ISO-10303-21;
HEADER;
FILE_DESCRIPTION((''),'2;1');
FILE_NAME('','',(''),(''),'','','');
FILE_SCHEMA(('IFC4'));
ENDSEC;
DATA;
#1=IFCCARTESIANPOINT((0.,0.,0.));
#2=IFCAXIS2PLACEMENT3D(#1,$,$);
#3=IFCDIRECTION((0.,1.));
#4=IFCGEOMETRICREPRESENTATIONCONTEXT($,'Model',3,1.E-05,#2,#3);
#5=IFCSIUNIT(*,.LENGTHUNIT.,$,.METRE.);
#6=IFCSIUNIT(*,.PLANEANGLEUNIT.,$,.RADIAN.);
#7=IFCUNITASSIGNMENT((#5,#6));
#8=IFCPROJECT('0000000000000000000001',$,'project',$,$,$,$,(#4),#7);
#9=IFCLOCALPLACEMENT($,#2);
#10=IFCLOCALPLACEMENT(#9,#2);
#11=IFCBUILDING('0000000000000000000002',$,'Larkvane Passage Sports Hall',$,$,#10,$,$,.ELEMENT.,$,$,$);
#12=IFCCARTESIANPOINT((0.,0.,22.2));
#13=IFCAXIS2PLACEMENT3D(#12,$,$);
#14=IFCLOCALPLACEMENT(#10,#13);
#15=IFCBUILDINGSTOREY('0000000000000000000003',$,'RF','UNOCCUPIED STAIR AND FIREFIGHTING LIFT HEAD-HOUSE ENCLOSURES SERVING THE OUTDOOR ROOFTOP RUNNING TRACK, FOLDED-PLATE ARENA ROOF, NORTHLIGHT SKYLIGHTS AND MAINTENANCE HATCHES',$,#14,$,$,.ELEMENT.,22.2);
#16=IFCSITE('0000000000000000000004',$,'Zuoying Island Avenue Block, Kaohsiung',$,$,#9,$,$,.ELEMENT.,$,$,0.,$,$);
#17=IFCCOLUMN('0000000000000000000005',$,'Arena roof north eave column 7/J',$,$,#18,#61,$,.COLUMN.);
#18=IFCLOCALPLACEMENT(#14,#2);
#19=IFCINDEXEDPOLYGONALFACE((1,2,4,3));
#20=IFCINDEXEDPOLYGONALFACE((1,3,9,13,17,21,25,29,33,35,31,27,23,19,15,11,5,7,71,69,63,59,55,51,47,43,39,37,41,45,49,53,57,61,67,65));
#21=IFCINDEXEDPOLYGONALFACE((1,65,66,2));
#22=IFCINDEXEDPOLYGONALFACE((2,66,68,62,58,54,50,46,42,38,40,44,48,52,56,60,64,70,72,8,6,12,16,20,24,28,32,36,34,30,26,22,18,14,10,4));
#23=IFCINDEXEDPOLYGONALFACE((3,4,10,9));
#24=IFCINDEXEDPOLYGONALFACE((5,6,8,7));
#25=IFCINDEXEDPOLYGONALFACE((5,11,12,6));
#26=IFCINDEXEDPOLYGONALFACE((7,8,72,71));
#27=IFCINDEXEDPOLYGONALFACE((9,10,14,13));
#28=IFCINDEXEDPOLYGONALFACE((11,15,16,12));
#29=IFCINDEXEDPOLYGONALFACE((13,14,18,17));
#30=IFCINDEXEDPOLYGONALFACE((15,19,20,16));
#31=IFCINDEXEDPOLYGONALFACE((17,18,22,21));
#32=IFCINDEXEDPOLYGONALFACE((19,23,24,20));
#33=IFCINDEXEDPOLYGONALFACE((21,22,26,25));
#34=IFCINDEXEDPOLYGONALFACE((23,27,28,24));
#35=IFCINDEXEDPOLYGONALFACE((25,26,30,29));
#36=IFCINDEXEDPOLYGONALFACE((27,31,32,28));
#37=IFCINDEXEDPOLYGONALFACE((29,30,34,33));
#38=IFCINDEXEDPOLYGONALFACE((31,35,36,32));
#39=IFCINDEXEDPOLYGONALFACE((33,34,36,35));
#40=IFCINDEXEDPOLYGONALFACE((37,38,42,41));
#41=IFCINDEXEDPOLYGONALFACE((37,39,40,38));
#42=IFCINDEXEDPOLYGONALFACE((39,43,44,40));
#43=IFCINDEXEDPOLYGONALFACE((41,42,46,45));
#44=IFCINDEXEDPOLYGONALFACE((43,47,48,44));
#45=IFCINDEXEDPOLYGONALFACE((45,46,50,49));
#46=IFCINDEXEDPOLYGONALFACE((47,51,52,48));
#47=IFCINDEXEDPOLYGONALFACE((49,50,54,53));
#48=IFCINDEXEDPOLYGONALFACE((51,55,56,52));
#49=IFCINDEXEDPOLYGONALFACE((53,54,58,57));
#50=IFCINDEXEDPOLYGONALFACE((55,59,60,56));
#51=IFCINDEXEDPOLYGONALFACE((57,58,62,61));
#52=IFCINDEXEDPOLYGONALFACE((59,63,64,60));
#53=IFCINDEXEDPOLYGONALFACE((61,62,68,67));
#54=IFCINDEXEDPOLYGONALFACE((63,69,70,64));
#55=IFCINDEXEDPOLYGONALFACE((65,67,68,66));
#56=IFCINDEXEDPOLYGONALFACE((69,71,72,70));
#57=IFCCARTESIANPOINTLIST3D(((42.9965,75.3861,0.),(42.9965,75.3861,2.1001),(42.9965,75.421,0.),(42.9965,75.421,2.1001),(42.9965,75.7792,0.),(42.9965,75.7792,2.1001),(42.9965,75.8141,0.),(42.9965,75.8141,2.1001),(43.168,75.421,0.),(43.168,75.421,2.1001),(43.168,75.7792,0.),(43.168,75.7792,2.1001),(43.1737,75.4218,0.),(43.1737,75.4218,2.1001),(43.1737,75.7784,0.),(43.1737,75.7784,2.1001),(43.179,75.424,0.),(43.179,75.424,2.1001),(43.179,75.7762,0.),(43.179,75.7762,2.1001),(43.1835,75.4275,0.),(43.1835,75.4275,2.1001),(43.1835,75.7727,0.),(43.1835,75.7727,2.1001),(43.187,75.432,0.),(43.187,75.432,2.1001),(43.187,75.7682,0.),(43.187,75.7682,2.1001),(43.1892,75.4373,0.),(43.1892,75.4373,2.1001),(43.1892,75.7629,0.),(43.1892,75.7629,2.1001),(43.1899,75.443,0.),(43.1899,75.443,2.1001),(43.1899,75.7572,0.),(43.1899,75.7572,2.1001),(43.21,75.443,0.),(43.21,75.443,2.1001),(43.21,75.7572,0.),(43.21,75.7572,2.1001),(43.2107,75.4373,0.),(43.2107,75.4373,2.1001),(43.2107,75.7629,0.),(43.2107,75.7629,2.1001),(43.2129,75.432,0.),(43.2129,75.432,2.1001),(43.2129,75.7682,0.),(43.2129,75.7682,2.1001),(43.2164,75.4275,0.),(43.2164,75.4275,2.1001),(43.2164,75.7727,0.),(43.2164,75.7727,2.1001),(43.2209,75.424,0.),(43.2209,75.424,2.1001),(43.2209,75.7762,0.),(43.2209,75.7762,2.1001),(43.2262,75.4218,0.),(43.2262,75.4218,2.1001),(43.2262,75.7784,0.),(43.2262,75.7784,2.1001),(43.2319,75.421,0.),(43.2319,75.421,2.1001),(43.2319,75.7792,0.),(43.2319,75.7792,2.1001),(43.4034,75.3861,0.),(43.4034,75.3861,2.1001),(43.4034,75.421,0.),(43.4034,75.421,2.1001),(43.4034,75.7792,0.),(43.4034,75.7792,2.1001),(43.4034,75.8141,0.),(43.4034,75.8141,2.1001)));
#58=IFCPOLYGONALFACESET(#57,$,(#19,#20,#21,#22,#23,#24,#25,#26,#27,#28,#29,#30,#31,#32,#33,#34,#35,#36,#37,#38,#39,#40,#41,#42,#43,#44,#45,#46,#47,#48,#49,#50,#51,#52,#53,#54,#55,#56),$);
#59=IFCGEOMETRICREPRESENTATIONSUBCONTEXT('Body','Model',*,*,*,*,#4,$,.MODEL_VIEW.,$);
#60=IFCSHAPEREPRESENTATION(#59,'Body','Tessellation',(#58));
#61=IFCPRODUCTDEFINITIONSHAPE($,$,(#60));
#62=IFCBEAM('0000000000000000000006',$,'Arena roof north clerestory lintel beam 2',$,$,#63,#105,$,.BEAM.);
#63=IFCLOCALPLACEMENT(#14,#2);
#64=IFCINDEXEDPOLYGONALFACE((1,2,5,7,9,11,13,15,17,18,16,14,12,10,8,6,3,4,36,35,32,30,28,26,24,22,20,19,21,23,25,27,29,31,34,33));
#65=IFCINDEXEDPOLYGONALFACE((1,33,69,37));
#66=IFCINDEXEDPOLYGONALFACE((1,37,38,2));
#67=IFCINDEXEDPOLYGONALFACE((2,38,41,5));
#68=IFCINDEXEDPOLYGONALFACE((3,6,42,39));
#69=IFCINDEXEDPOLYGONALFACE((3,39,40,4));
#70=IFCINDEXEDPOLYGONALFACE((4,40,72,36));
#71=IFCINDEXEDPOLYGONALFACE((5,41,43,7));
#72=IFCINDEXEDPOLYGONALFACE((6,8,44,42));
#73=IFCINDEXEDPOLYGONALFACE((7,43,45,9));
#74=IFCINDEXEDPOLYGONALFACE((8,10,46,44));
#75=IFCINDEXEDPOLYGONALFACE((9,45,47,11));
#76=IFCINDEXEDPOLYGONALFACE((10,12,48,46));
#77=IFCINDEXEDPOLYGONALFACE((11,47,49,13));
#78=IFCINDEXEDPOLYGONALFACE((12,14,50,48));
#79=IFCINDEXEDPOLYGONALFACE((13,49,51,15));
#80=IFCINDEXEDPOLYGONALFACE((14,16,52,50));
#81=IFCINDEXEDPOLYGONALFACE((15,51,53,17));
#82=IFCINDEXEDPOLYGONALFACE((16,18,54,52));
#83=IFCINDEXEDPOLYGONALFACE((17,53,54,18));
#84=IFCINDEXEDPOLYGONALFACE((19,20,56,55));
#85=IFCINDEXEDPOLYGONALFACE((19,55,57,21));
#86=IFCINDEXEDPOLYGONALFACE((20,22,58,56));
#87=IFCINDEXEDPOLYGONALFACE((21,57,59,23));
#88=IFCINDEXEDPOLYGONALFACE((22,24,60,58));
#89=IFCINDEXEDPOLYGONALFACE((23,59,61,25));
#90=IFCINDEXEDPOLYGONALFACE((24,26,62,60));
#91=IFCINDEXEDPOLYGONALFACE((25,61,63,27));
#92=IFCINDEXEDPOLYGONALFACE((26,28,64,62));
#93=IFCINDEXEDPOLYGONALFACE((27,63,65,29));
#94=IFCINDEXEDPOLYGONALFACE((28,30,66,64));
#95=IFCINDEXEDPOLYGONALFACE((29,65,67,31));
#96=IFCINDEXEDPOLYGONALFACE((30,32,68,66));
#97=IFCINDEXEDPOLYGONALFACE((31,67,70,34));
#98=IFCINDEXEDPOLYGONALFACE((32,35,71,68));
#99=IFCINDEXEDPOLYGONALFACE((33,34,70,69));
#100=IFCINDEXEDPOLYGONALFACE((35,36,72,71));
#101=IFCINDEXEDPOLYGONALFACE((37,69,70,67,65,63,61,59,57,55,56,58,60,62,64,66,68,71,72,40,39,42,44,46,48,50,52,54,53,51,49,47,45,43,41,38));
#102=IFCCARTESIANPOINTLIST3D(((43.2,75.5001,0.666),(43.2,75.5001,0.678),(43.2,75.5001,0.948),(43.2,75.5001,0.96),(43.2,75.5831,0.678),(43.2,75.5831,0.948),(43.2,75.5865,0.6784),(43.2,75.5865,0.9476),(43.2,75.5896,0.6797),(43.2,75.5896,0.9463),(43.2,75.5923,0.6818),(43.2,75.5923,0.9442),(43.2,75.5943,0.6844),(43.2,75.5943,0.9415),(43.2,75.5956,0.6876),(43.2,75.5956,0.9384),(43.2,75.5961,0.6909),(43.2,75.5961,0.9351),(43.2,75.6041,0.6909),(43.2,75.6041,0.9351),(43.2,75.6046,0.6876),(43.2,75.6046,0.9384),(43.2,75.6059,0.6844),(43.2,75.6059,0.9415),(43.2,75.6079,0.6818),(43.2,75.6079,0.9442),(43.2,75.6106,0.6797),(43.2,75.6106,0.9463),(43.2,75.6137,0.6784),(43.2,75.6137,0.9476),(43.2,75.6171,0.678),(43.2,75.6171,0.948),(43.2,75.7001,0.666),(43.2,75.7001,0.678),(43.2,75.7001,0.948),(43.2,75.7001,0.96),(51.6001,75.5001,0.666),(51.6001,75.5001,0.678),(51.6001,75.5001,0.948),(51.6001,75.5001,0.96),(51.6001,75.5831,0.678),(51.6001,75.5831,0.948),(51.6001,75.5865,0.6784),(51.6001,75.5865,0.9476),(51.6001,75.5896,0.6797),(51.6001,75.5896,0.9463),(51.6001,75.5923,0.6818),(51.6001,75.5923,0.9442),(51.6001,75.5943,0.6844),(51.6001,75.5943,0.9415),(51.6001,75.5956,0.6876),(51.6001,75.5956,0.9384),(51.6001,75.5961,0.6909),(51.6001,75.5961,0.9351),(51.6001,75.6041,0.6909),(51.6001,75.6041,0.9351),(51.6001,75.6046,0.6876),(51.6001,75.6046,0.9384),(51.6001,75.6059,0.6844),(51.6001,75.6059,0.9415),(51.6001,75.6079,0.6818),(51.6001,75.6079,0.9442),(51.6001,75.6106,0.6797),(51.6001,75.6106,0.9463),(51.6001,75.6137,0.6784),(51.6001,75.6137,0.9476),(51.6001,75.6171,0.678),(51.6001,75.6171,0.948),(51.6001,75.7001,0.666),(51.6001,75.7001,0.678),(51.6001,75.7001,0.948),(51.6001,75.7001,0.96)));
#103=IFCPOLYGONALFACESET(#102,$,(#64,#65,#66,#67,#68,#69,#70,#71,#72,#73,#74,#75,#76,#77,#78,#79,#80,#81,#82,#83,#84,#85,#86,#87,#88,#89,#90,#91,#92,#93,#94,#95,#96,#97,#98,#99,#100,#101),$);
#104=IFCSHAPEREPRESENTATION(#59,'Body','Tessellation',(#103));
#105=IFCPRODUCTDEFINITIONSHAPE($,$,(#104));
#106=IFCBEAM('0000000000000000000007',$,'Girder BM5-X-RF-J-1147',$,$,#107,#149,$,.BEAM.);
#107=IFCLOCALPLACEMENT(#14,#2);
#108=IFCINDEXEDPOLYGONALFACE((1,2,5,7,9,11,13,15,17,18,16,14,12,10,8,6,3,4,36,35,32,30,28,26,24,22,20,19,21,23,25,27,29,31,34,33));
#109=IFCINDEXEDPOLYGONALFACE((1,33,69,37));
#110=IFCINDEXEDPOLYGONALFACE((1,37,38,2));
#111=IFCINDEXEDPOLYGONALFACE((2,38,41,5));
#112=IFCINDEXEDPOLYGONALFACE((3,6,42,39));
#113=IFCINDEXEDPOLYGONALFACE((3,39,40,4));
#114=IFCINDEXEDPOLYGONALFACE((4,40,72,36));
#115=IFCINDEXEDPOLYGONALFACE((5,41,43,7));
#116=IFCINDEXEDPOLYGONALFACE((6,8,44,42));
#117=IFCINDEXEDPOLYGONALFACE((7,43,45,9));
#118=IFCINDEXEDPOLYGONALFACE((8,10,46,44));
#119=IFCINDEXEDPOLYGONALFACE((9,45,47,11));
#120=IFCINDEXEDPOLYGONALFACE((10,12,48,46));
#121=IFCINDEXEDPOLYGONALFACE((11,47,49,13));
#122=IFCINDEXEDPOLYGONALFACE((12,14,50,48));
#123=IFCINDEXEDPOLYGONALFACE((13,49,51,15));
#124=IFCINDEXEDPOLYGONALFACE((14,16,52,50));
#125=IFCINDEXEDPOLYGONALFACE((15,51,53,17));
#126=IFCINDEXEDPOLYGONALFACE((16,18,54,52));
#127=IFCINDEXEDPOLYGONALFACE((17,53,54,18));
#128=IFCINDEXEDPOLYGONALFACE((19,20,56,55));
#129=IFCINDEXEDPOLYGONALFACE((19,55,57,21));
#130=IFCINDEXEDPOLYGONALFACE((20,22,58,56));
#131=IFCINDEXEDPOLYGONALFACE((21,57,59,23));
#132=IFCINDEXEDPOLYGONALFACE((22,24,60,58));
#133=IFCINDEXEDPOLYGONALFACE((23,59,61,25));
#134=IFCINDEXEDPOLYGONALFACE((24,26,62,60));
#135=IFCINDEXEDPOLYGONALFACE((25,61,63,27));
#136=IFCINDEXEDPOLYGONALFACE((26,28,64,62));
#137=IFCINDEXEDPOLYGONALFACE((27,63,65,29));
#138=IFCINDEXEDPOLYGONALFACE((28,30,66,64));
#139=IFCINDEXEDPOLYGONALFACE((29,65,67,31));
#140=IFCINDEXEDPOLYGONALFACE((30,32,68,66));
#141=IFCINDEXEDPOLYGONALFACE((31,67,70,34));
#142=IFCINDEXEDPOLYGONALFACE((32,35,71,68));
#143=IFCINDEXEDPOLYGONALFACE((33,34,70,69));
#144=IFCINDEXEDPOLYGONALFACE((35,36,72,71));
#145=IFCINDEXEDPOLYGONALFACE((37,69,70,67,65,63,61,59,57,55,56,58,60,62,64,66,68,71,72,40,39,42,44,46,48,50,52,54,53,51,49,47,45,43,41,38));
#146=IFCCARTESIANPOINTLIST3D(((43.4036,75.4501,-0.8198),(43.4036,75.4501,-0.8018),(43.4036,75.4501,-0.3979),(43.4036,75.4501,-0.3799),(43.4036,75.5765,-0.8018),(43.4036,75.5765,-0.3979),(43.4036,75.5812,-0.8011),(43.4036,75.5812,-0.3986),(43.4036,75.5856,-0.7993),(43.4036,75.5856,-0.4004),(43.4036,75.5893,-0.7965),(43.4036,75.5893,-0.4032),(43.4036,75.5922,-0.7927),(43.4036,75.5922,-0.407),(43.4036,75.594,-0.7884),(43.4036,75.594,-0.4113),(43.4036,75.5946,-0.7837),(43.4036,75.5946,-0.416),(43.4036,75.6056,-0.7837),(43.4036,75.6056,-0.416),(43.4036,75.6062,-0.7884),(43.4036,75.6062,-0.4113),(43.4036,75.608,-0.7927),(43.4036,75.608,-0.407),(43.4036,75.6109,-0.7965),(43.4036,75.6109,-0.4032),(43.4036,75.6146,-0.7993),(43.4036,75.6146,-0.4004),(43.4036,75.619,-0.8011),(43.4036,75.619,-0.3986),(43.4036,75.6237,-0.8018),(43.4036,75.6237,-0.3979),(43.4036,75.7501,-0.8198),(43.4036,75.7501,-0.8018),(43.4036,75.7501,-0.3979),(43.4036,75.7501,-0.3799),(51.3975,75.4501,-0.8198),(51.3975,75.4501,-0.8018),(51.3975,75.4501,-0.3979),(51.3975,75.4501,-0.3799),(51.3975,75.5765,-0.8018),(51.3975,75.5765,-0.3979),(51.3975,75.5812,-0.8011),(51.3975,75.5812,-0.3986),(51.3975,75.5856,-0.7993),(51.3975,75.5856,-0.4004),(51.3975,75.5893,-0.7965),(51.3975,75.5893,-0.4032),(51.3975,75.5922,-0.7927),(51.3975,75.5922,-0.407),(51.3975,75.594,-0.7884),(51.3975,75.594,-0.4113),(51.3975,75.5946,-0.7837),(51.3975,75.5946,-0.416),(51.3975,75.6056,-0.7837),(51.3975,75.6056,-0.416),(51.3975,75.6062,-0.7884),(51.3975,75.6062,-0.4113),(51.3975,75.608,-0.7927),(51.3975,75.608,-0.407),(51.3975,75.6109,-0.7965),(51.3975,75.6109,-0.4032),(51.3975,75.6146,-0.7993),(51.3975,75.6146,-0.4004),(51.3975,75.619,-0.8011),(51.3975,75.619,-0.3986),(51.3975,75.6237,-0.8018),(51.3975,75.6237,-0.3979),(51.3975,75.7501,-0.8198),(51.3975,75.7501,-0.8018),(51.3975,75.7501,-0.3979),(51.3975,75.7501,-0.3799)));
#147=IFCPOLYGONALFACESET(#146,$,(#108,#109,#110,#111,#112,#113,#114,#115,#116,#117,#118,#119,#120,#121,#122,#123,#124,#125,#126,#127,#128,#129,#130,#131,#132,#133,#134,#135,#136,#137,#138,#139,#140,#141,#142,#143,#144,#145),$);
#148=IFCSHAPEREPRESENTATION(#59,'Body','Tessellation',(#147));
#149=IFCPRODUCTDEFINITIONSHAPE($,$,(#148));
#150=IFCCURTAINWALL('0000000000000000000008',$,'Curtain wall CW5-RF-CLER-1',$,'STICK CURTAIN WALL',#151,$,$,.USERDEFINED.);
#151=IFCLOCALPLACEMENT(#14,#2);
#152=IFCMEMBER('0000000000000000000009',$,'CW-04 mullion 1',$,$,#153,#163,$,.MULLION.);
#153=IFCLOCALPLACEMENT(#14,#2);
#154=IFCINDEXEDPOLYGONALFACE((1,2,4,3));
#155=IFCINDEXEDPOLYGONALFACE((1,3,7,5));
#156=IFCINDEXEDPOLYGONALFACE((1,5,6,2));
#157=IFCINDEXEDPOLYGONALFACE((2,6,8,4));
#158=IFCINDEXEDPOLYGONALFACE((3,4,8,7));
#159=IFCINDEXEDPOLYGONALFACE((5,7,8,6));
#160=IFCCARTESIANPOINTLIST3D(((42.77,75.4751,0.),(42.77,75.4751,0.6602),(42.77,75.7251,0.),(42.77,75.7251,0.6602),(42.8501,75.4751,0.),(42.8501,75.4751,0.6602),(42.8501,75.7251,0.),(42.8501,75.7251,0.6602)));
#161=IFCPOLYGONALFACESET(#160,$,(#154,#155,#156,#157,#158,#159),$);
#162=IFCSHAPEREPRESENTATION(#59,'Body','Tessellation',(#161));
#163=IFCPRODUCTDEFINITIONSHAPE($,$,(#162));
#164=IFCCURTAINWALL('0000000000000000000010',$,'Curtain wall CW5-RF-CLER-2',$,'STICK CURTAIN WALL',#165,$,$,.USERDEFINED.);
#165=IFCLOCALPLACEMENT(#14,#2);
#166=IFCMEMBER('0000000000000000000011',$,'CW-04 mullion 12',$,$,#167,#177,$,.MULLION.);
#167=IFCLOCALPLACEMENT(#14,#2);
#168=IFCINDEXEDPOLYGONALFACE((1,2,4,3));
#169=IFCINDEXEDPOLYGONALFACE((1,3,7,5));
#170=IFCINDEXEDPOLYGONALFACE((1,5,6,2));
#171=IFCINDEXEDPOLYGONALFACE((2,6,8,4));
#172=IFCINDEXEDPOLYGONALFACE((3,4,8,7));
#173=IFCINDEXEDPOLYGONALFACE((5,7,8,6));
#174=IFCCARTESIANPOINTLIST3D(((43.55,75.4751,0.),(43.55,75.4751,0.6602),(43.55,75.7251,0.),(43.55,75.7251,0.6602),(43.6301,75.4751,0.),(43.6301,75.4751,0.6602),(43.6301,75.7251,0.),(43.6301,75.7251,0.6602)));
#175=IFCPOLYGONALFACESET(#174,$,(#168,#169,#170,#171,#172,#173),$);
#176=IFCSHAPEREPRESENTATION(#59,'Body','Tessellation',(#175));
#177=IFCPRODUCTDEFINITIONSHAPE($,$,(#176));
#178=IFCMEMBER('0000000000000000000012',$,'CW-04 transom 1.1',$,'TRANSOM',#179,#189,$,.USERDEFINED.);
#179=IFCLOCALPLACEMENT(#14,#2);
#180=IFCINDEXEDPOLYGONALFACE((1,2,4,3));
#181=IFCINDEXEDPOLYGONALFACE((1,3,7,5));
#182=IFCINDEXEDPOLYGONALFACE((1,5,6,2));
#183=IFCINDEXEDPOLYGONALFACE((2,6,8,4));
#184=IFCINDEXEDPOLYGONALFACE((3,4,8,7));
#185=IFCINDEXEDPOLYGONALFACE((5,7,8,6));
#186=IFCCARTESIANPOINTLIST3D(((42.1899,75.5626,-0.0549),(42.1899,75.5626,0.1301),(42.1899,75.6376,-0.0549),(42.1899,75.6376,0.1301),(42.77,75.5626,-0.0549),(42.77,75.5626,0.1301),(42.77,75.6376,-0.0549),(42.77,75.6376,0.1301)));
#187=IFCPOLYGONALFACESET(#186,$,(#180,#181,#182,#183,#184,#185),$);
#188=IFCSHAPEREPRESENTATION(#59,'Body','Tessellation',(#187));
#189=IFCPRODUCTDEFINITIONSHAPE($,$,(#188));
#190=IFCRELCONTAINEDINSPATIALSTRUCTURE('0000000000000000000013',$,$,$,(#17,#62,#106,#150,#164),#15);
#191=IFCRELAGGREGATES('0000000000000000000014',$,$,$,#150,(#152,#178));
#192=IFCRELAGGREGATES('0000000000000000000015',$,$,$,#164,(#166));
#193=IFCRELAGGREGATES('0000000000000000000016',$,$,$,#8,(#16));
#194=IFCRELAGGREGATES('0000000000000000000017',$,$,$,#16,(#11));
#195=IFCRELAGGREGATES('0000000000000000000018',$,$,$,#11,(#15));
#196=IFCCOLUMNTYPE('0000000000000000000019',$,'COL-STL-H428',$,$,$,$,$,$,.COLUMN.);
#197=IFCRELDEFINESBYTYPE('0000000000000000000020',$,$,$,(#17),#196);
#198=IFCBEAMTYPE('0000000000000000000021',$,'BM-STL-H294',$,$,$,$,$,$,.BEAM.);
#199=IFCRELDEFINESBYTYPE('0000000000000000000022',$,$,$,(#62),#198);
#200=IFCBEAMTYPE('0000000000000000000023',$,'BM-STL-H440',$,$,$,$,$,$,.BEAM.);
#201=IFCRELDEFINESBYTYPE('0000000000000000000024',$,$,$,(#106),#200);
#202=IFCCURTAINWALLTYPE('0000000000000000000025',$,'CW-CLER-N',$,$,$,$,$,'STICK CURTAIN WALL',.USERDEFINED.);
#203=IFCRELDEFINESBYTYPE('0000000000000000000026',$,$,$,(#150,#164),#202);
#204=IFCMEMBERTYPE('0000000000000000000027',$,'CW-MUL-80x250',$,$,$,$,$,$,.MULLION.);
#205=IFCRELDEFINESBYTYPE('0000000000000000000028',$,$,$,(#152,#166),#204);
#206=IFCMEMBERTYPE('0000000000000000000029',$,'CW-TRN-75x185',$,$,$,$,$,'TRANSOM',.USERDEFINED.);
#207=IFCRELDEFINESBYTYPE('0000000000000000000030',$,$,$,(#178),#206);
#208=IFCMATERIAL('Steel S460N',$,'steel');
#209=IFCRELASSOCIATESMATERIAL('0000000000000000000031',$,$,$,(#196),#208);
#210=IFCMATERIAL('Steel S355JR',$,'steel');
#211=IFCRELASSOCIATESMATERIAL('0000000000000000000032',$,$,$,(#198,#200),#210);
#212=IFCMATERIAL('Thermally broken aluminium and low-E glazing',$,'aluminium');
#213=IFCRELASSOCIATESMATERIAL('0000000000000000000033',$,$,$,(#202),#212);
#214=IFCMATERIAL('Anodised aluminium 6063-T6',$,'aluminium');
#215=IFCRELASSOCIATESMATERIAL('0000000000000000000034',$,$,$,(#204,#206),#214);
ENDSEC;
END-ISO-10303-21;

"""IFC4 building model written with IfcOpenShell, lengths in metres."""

from ifc_helpers import new_model, si_unit, direction, frame, origin, origin_2d, place, context, subcontext, project, spatial, rectangle, i_section, extrude, material, material_profile, profile_set, type_object, element, aggregate, save


model = new_model("IFC4")

# Units and contexts
model_context = context("Model", 3, precision=1e-05, world=origin(), true_north=direction((0.0, 1.0)))
body_context = subcontext(model_context, "Body", "Model", "MODEL_VIEW")
ifc_project = project(units=[si_unit("LENGTHUNIT", "METRE"), si_unit("PLANEANGLEUNIT", "RADIAN")], contexts=[model_context])

# Site, building, storey
site_placement = place(None, origin())
site = spatial("IfcSite", under=ifc_project, at=site_placement, Name="Zuoying Island Avenue Block, Kaohsiung", CompositionType="ELEMENT", RefElevation=0.0)
building_placement = place(site_placement, origin())
building = spatial("IfcBuilding", under=site, at=building_placement, Name="Larkvane Passage Sports Hall", CompositionType="ELEMENT")
storey_placement = place(building_placement, frame((0.0, 0.0, 22.2)))
storey = spatial("IfcBuildingStorey", under=building, at=storey_placement, Name="RF", Description="UNOCCUPIED STAIR AND FIREFIGHTING LIFT HEAD-HOUSE ENCLOSURES SERVING THE OUTDOOR ROOFTOP RUNNING TRACK, FOLDED-PLATE ARENA ROOF, NORTHLIGHT SKYLIGHTS AND MAINTENANCE HATCHES", CompositionType="ELEMENT", Elevation=22.2)

# Column
ifc_material_1 = material(Name="Steel S460N", Category="steel")
ifc_material_profile_1 = material_profile(ifc_material_1, i_section(OverallWidth=0.407, OverallDepth=0.428, WebThickness=0.02, FlangeThickness=0.0349, FilletRadius=0.022, at=origin_2d()), Name="H-428x407x20x35")
ifc_profile_set_1 = profile_set([ifc_material_profile_1], Name="Steel S460N")
column_type = type_object("IfcColumnType", Name="COL-STL-H428", PredefinedType="COLUMN", material=ifc_profile_set_1)
column_placement = place(storey_placement, frame((43.2, 75.6001, 0.0), z_axis=(0.0, 0.0, 1.0), x_axis=(1.0, 0.0, 0.0)))
element("IfcColumn", 1, at=column_placement, inside=storey, type_object=column_type, Name="Arena roof north eave column 7/J", PredefinedType="COLUMN", context=body_context, shape_type="SweptSolid", body=[
    extrude(i_section(OverallWidth=0.407, OverallDepth=0.428, WebThickness=0.02, FlangeThickness=0.0349, FilletRadius=0.022, at=origin_2d()), origin(), (0.0, 0.0, 1.0), 2.1001),
])

# Beams
ifc_material_2 = material(Name="Steel S355JR", Category="steel")
ifc_material_profile_2 = material_profile(ifc_material_2, i_section(OverallWidth=0.2, OverallDepth=0.2939, WebThickness=0.0081, FlangeThickness=0.012, FilletRadius=0.0129, at=origin_2d()), Name="H-294x200x8x12")
ifc_profile_set_2 = profile_set([ifc_material_profile_2], Name="Steel S355JR")
beam_type_1 = type_object("IfcBeamType", Name="BM-STL-H294", PredefinedType="BEAM", material=ifc_profile_set_2)
beam_1_placement = place(storey_placement, frame((43.2, 75.6001, 0.813), z_axis=(1.0, 0.0, 0.0), x_axis=(0.0, 1.0, 0.0)))
element("IfcBeam", 2, at=beam_1_placement, inside=storey, type_object=beam_type_1, Name="Arena roof north clerestory lintel beam 2", PredefinedType="BEAM", context=body_context, shape_type="SweptSolid", body=[
    extrude(i_section(OverallWidth=0.2, OverallDepth=0.2939, WebThickness=0.0081, FlangeThickness=0.012, FilletRadius=0.0129, at=origin_2d()), origin(), (0.0, 0.0, 1.0), 8.4001),
])
ifc_material_profile_3 = material_profile(ifc_material_2, i_section(OverallWidth=0.3, OverallDepth=0.4399, WebThickness=0.011, FlangeThickness=0.0181, FilletRadius=0.0181, at=origin_2d()), Name="H-440x300x11x18")
ifc_profile_set_3 = profile_set([ifc_material_profile_3], Name="Steel S355JR")
beam_type_2 = type_object("IfcBeamType", Name="BM-STL-H440", PredefinedType="BEAM", material=ifc_profile_set_3)
beam_2_placement = place(storey_placement, frame((43.4036, 75.6001, -0.5999), z_axis=(1.0, 0.0, 0.0), x_axis=(0.0, 1.0, 0.0)))
element("IfcBeam", 3, at=beam_2_placement, inside=storey, type_object=beam_type_2, Name="Girder BM5-X-RF-J-1147", PredefinedType="BEAM", context=body_context, shape_type="SweptSolid", body=[
    extrude(i_section(OverallWidth=0.3, OverallDepth=0.4399, WebThickness=0.011, FlangeThickness=0.0181, FilletRadius=0.0181, at=origin_2d()), origin(), (0.0, 0.0, 1.0), 7.9939),
])

# Curtain walls, members
ifc_material_3 = material(Name="Thermally broken aluminium and low-E glazing", Category="aluminium")
curtain_wall_type = type_object("IfcCurtainWallType", Name="CW-CLER-N", ElementType="STICK CURTAIN WALL", PredefinedType="USERDEFINED", material=ifc_material_3)
curtain_wall_1_placement = place(storey_placement, origin())
curtain_wall_1 = element("IfcCurtainWall", 4, at=curtain_wall_1_placement, inside=storey, type_object=curtain_wall_type, Name="Curtain wall CW5-RF-CLER-1", ObjectType="STICK CURTAIN WALL", PredefinedType="USERDEFINED")
ifc_material_4 = material(Name="Anodised aluminium 6063-T6", Category="aluminium")
ifc_material_profile_4 = material_profile(ifc_material_4, rectangle(XDim=0.0801, YDim=0.25, at=origin_2d()), Name="ALU-MUL-80x250")
ifc_profile_set_4 = profile_set([ifc_material_profile_4], Name="Anodised aluminium 6063-T6")
member_type_1 = type_object("IfcMemberType", Name="CW-MUL-80x250", PredefinedType="MULLION", material=ifc_profile_set_4)
member_1_placement = place(storey_placement, frame((42.8101, 75.6001, 0.0), z_axis=(0.0, 0.0, 1.0), x_axis=(-1.0, 0.0, 0.0)))
member_1 = element("IfcMember", 5, at=member_1_placement, type_object=member_type_1, Name="CW-04 mullion 1", PredefinedType="MULLION", context=body_context, shape_type="SweptSolid", body=[
    extrude(rectangle(XDim=0.0801, YDim=0.25, at=origin_2d()), origin(), (0.0, 0.0, 1.0), 0.6602),
])
curtain_wall_2_placement = place(storey_placement, origin())
curtain_wall_2 = element("IfcCurtainWall", 6, at=curtain_wall_2_placement, inside=storey, type_object=curtain_wall_type, Name="Curtain wall CW5-RF-CLER-2", ObjectType="STICK CURTAIN WALL", PredefinedType="USERDEFINED")
member_2_placement = place(storey_placement, frame((43.5901, 75.6001, 0.0), z_axis=(0.0, 0.0, 1.0), x_axis=(-1.0, 0.0, 0.0)))
member_2 = element("IfcMember", 7, at=member_2_placement, type_object=member_type_1, Name="CW-04 mullion 12", PredefinedType="MULLION", context=body_context, shape_type="SweptSolid", body=[
    extrude(rectangle(XDim=0.0801, YDim=0.25, at=origin_2d()), origin(), (0.0, 0.0, 1.0), 0.6602),
])

# Member
ifc_material_profile_5 = material_profile(ifc_material_4, rectangle(XDim=0.075, YDim=0.1851, at=origin_2d()), Name="ALU-TRN-75x185")
ifc_profile_set_5 = profile_set([ifc_material_profile_5], Name="Anodised aluminium 6063-T6")
member_type_2 = type_object("IfcMemberType", Name="CW-TRN-75x185", ElementType="TRANSOM", PredefinedType="USERDEFINED", material=ifc_profile_set_5)
member_3_placement = place(storey_placement, frame((42.77, 75.6001, 0.0376), z_axis=(-1.0, 0.0, 0.0), x_axis=(0.0, -1.0, 0.0)))
member_3 = element("IfcMember", 8, at=member_3_placement, type_object=member_type_2, Name="CW-04 transom 1.1", ObjectType="TRANSOM", PredefinedType="USERDEFINED", context=body_context, shape_type="SweptSolid", body=[
    extrude(rectangle(XDim=0.075, YDim=0.1851, at=origin_2d()), origin(), (0.0, 0.0, 1.0), 0.5801),
])
aggregate(curtain_wall_1, [member_1, member_3])

aggregate(curtain_wall_2, [member_2])

save(model, "model.ifc")
